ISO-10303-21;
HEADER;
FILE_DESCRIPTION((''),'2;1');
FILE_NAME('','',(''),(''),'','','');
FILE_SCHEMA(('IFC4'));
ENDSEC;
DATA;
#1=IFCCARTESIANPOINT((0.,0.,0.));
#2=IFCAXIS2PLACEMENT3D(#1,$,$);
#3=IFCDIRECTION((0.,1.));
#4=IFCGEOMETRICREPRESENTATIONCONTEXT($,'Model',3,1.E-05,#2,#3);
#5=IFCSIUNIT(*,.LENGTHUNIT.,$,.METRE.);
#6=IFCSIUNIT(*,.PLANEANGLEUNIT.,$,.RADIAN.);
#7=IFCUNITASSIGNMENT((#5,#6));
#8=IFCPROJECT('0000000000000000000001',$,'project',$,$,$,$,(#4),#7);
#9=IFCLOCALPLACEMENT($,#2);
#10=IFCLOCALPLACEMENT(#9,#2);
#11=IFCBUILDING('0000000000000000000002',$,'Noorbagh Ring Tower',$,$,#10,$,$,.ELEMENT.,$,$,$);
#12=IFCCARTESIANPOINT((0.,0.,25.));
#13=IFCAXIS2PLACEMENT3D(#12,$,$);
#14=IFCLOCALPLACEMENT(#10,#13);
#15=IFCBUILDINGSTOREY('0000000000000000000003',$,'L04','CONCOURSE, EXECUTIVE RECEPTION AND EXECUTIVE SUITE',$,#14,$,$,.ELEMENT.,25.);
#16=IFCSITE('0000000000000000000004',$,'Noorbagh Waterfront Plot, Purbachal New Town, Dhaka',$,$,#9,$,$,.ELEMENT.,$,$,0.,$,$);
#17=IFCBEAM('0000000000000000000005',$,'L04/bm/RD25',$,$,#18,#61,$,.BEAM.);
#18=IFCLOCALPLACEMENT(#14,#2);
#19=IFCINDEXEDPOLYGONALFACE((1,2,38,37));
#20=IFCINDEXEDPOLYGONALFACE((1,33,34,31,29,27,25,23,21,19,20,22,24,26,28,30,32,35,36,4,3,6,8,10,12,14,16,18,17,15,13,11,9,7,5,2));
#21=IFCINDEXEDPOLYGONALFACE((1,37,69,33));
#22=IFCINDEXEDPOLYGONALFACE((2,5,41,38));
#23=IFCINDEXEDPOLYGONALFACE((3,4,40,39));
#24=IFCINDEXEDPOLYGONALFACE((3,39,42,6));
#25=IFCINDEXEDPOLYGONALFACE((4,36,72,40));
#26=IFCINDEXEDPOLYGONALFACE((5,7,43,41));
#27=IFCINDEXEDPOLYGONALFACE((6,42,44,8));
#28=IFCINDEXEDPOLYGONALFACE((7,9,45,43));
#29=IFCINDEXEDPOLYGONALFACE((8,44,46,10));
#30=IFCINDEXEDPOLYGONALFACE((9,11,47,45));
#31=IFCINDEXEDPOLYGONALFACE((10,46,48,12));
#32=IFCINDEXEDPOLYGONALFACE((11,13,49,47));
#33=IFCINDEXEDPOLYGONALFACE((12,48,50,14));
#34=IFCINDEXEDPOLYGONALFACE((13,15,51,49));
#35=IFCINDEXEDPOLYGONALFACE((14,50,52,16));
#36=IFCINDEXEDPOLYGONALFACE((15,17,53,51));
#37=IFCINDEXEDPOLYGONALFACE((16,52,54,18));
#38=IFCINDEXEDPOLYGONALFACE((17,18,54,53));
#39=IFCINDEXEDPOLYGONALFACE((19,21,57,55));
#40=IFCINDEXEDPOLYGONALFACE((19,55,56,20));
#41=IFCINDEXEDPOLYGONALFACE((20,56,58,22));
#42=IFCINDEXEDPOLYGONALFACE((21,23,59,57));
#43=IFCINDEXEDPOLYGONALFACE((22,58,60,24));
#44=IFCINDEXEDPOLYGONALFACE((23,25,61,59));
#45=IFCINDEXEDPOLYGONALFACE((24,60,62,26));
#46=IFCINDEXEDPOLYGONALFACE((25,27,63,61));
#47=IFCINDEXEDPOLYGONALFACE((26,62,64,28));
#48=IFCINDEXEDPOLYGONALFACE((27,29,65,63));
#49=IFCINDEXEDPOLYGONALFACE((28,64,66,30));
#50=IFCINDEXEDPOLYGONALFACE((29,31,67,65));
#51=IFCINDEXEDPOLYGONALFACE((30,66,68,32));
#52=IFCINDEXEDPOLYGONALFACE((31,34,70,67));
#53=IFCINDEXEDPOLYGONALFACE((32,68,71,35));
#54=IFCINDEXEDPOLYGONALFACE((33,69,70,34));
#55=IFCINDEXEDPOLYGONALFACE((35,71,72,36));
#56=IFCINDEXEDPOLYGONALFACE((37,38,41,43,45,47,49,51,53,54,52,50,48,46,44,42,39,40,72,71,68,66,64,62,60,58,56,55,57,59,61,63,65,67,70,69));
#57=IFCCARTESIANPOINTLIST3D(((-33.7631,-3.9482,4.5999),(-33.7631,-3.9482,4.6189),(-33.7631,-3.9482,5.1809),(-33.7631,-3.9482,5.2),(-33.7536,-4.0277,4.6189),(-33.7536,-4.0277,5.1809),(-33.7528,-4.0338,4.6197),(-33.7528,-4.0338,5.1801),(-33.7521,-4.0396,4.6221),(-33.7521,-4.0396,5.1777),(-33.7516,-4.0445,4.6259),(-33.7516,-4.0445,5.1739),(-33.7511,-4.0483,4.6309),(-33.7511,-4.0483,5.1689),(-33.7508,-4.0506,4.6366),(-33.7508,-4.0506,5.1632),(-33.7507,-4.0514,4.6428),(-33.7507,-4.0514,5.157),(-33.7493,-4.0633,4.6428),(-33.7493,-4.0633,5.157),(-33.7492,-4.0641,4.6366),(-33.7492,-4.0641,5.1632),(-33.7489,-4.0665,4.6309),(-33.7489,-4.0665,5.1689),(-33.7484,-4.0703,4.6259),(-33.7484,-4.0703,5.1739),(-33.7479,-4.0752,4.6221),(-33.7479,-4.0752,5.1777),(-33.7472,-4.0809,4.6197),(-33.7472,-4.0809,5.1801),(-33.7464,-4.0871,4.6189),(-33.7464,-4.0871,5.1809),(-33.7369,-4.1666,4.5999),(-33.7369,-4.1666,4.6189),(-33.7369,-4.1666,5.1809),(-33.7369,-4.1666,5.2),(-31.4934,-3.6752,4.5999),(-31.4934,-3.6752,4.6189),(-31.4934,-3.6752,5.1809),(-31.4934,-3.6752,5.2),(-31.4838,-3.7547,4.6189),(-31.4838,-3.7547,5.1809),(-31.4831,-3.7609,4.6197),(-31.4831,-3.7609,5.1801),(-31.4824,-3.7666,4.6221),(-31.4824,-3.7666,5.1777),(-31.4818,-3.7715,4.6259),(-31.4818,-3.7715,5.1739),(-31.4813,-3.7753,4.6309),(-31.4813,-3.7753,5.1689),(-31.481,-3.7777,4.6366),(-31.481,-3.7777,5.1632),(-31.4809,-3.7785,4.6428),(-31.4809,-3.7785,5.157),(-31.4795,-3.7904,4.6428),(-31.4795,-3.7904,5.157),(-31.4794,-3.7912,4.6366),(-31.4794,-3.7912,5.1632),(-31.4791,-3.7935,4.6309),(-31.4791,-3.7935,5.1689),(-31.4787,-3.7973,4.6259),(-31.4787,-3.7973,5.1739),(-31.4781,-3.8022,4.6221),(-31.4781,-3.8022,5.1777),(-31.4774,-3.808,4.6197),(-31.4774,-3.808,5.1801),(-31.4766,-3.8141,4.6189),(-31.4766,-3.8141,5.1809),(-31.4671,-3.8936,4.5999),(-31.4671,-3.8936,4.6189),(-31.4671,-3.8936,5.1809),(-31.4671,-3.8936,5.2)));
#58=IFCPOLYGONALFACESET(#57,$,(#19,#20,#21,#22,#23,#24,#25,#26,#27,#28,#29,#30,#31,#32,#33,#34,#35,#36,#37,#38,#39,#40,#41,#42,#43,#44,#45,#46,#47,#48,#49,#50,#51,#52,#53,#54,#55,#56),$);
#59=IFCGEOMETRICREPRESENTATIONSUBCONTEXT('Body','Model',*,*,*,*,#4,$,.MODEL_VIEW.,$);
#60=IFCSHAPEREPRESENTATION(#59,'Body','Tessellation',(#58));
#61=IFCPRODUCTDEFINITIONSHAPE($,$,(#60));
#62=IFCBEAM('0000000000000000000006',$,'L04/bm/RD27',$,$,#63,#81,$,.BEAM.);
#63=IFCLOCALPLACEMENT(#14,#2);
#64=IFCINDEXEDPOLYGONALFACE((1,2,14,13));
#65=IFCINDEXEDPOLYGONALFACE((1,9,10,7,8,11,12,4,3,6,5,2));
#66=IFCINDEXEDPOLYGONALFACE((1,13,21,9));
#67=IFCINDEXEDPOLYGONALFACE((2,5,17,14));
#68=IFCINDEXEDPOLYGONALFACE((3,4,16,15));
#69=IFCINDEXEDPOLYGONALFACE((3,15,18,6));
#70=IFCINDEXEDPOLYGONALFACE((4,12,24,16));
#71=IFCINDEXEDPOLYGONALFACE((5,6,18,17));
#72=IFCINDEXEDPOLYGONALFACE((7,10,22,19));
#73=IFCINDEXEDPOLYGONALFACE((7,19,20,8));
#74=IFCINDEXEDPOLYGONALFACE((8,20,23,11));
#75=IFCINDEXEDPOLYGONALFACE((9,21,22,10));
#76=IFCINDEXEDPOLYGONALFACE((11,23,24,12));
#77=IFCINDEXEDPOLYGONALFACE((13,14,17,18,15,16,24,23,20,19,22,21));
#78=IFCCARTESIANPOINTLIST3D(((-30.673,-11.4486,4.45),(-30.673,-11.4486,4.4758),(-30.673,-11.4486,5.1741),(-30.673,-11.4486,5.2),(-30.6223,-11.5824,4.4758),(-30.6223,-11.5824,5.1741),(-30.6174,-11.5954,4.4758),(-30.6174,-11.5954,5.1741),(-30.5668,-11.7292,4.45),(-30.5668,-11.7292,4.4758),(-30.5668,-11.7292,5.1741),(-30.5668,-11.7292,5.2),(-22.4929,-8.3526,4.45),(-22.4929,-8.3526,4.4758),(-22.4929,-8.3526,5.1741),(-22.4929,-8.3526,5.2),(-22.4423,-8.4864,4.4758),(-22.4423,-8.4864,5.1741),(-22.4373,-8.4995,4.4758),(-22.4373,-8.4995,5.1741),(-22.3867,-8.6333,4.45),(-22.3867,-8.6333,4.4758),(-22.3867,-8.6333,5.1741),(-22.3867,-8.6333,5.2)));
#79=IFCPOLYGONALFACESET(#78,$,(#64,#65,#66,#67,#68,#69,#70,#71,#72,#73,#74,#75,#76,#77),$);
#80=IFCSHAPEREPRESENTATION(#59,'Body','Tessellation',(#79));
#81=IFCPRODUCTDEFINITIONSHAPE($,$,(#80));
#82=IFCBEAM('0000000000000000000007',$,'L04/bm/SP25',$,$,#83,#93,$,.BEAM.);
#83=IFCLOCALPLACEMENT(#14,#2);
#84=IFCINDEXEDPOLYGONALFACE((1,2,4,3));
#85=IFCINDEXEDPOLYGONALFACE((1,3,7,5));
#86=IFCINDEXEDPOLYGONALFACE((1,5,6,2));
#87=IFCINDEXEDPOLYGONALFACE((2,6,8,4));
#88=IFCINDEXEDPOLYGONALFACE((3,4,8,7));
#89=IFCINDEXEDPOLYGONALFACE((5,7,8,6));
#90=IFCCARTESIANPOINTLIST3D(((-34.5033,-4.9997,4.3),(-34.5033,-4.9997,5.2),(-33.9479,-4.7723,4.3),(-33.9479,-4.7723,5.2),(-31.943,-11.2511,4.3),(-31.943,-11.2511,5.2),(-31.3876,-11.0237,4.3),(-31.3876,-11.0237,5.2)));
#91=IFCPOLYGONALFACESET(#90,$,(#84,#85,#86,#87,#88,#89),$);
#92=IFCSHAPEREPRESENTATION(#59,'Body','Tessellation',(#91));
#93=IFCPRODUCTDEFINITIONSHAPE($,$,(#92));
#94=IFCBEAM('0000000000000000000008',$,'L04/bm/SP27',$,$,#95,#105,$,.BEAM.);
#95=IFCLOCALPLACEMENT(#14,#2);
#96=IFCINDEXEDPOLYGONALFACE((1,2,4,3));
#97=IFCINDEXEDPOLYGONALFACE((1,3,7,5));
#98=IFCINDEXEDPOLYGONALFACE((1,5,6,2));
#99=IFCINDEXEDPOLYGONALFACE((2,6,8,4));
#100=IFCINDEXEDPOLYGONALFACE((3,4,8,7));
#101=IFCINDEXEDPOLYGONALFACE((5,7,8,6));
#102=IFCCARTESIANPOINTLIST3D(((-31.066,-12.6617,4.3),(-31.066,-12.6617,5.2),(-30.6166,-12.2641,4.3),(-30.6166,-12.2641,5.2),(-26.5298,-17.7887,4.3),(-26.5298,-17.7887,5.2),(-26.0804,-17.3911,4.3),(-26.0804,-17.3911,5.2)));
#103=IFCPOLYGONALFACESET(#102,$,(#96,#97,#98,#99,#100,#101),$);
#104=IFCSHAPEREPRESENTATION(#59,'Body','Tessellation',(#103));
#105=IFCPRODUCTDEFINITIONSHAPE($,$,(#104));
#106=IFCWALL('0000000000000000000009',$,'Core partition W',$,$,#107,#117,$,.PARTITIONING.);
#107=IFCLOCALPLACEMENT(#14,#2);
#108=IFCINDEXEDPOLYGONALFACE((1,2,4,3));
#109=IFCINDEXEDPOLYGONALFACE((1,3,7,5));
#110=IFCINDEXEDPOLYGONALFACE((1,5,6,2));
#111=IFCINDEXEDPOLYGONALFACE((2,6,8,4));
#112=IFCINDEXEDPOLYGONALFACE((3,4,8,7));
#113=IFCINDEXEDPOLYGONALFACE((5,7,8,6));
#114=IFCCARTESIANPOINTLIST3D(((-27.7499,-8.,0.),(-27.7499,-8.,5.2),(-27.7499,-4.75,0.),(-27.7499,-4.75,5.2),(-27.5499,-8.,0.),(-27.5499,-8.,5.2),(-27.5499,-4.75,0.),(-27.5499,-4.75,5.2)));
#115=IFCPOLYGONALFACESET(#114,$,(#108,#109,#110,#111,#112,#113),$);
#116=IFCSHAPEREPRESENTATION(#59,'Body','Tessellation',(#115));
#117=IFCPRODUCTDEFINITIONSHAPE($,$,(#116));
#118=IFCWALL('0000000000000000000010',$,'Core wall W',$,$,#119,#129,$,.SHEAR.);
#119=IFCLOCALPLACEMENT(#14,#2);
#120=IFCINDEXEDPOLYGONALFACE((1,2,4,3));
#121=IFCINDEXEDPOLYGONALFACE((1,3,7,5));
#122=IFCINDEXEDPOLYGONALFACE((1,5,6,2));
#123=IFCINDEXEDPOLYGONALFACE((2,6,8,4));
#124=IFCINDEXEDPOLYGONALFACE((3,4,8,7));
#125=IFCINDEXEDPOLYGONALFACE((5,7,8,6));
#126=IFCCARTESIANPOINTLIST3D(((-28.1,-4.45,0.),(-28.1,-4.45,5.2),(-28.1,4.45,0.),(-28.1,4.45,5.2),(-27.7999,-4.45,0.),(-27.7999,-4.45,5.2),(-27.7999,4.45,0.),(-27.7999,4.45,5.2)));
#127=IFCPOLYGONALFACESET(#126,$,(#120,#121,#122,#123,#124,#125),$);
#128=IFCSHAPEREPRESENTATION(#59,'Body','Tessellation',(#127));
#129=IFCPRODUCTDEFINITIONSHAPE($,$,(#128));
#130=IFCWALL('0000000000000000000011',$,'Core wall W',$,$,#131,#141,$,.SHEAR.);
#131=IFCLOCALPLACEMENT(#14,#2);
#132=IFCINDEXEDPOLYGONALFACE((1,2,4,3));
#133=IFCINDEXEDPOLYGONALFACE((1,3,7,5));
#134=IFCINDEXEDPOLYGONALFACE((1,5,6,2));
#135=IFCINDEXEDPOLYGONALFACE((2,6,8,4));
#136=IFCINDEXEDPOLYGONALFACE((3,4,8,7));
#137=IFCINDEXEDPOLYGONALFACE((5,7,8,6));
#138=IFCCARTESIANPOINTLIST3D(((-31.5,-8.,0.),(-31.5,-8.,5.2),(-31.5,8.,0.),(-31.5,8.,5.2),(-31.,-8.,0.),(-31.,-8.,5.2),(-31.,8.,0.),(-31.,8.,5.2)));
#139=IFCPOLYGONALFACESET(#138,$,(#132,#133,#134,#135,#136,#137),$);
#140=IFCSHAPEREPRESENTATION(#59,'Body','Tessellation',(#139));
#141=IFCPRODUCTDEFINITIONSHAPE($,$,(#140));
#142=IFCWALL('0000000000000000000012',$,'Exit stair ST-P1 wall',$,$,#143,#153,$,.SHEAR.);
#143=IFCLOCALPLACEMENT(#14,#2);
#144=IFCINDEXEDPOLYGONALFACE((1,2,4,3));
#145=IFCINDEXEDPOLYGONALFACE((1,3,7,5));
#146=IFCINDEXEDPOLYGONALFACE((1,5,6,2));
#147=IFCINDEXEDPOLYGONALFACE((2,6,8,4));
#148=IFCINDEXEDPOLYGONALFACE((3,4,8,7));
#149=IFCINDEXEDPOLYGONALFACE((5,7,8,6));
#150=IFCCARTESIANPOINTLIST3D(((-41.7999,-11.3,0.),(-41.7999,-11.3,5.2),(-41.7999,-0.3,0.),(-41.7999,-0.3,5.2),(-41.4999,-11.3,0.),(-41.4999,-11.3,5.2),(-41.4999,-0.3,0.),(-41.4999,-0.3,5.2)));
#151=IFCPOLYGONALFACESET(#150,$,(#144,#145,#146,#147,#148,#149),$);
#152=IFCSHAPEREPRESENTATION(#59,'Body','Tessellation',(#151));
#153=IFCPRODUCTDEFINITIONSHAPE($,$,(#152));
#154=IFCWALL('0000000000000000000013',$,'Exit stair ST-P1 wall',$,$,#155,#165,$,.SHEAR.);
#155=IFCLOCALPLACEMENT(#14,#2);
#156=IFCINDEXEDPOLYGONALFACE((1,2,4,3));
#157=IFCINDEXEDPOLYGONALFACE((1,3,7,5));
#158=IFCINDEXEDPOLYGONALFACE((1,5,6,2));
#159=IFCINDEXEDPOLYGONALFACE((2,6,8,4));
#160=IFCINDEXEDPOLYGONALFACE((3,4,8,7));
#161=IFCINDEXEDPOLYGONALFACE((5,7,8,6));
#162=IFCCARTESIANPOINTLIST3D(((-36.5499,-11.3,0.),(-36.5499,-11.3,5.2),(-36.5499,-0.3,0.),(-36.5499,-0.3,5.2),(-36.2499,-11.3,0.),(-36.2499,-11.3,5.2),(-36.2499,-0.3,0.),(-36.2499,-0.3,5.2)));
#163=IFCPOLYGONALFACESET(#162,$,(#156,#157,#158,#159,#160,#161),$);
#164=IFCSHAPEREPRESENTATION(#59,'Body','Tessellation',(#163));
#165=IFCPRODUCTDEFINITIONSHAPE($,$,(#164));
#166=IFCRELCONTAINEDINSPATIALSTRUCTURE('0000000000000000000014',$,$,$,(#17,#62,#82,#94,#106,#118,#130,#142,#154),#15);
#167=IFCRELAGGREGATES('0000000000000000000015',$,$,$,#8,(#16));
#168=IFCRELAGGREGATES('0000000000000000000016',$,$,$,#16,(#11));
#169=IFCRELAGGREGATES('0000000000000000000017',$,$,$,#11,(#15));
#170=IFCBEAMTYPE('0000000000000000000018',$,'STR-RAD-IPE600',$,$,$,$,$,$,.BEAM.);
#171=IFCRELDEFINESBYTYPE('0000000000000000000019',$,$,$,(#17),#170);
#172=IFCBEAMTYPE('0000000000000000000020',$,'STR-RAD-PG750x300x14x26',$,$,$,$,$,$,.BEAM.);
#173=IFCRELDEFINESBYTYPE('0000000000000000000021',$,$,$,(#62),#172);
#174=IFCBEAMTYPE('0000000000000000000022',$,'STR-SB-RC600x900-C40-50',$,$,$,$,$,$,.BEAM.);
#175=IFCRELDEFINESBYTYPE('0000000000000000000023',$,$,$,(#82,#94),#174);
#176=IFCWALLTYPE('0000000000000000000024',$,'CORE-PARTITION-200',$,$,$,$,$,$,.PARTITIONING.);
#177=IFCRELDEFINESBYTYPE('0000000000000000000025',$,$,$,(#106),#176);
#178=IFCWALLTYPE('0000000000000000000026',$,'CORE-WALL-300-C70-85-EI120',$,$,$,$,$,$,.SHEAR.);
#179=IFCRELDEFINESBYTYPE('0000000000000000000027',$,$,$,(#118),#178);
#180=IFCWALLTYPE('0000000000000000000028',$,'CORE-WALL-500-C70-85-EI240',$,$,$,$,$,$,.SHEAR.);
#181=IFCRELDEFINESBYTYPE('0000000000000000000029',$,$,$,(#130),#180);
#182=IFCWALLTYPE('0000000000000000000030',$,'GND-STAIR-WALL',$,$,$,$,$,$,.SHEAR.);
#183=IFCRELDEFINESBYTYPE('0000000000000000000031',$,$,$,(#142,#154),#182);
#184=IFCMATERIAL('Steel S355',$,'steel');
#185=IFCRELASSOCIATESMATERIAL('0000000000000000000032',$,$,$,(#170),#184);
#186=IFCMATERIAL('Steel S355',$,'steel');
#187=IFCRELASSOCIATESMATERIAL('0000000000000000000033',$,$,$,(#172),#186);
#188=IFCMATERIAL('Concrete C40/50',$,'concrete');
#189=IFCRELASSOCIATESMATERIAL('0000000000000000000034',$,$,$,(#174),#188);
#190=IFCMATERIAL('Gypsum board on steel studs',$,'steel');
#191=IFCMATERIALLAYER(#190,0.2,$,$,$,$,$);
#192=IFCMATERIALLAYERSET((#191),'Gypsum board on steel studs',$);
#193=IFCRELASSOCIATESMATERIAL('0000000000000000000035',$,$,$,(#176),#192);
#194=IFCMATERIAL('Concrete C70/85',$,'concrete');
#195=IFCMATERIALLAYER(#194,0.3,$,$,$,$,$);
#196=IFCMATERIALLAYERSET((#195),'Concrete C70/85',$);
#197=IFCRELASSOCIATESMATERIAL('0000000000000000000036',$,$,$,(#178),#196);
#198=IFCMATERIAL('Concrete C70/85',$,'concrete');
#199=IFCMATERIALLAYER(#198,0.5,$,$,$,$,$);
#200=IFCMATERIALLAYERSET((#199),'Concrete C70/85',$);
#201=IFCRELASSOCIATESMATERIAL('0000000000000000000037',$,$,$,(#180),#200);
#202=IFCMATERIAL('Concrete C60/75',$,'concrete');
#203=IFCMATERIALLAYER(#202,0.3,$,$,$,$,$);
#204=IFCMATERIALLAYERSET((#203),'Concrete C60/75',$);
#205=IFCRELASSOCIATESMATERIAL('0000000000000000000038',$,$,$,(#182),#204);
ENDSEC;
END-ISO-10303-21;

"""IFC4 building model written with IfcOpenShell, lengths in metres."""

from ifc_helpers import new_model, si_unit, direction, frame, frame_2d, origin, origin_2d, place, context, subcontext, project, spatial, rectangle, i_section, extrude, material, layer, layer_set, material_profile, profile_set, type_object, element, save


model = new_model("IFC4")

# Units and contexts
model_context = context("Model", 3, precision=1e-05, world=origin(), true_north=direction((0.0, 1.0)))
body_context = subcontext(model_context, "Body", "Model", "MODEL_VIEW")
ifc_project = project(units=[si_unit("LENGTHUNIT", "METRE"), si_unit("PLANEANGLEUNIT", "RADIAN")], contexts=[model_context])

# Site, building, storey
site_placement = place(None, origin())
site = spatial("IfcSite", under=ifc_project, at=site_placement, Name="Noorbagh Waterfront Plot, Purbachal New Town, Dhaka", CompositionType="ELEMENT", RefElevation=0.0)
building_placement = place(site_placement, origin())
building = spatial("IfcBuilding", under=site, at=building_placement, Name="Noorbagh Ring Tower", CompositionType="ELEMENT")
storey_placement = place(building_placement, frame((0.0, 0.0, 25.0)))
storey = spatial("IfcBuildingStorey", under=building, at=storey_placement, Name="L04", Description="CONCOURSE, EXECUTIVE RECEPTION AND EXECUTIVE SUITE", CompositionType="ELEMENT", Elevation=25.0)

# Beams
ifc_material_1 = material(Name="Steel S355", Category="steel")
ifc_material_profile_1 = material_profile(ifc_material_1, i_section(OverallWidth=0.22, OverallDepth=0.6001, WebThickness=0.012, FlangeThickness=0.019, FilletRadius=0.0239, at=origin_2d()), Name="IPE600")
ifc_profile_set_1 = profile_set([ifc_material_profile_1], Name="Steel S355")
beam_type_1 = type_object("IfcBeamType", Name="STR-RAD-IPE600", PredefinedType="BEAM", material=ifc_profile_set_1)
beam_1_placement = place(storey_placement, frame((-33.75, -4.0574, 4.8999), z_axis=(0.992847, 0.119394, 0.0), x_axis=(-0.119394, 0.992847, 0.0)))
element("IfcBeam", 1, at=beam_1_placement, inside=storey, type_object=beam_type_1, Name="L04/bm/RD25", PredefinedType="BEAM", context=body_context, shape_type="SweptSolid", body=[
    extrude(i_section(OverallWidth=0.22, OverallDepth=0.6001, WebThickness=0.012, FlangeThickness=0.019, FilletRadius=0.0239, at=origin_2d()), origin(), (0.0, 0.0, 1.0), 2.2861),
])
ifc_material_2 = material(Name="Steel S355", Category="steel")
ifc_material_profile_2 = material_profile(ifc_material_2, i_section(OverallWidth=0.3, OverallDepth=0.75, WebThickness=0.0139, FlangeThickness=0.0259, at=origin_2d()), Name="PG750x300x14x26")
ifc_profile_set_2 = profile_set([ifc_material_profile_2], Name="Steel S355")
beam_type_2 = type_object("IfcBeamType", Name="STR-RAD-PG750x300x14x26", PredefinedType="BEAM", material=ifc_profile_set_2)
beam_2_placement = place(storey_placement, frame((-30.6199, -11.5889, 4.825), z_axis=(0.935258, 0.353967, 0.0), x_axis=(-0.353967, 0.935258, 0.0)))
element("IfcBeam", 2, at=beam_2_placement, inside=storey, type_object=beam_type_2, Name="L04/bm/RD27", PredefinedType="BEAM", context=body_context, shape_type="SweptSolid", body=[
    extrude(i_section(OverallWidth=0.3, OverallDepth=0.75, WebThickness=0.0139, FlangeThickness=0.0259, at=origin_2d()), origin(), (0.0, 0.0, 1.0), 8.7463),
])
ifc_material_3 = material(Name="Concrete C40/50", Category="concrete")
ifc_material_profile_3 = material_profile(ifc_material_3, rectangle(XDim=0.6001, YDim=0.8999, at=origin_2d()), Name="RC600x900")
ifc_profile_set_3 = profile_set([ifc_material_profile_3], Name="Concrete C40/50")
beam_type_3 = type_object("IfcBeamType", Name="STR-SB-RC600x900-C40-50", PredefinedType="BEAM", material=ifc_profile_set_3)
beam_3_placement = place(storey_placement, frame((-34.2256, -4.886, 4.75), z_axis=(0.378999, -0.925397, 0.0), x_axis=(0.925397, 0.378999, 0.0)))
element("IfcBeam", 3, at=beam_3_placement, inside=storey, type_object=beam_type_3, Name="L04/bm/SP25", PredefinedType="BEAM", context=body_context, shape_type="SweptSolid", body=[
    extrude(rectangle(XDim=0.6001, YDim=0.8999, at=origin_2d()), origin(), (0.0, 0.0, 1.0), 6.7554),
])
beam_4_placement = place(storey_placement, frame((-30.8413, -12.4629, 4.75), z_axis=(0.662635, -0.748942, 0.0), x_axis=(0.748942, 0.662635, 0.0)))
element("IfcBeam", 4, at=beam_4_placement, inside=storey, type_object=beam_type_3, Name="L04/bm/SP27", PredefinedType="BEAM", context=body_context, shape_type="SweptSolid", body=[
    extrude(rectangle(XDim=0.6001, YDim=0.8999, at=origin_2d()), origin(), (0.0, 0.0, 1.0), 6.8457),
])

# Walls
ifc_material_4 = material(Name="Gypsum board on steel studs", Category="steel")
ifc_layer_1 = layer(ifc_material_4, 0.2)
ifc_layer_set_1 = layer_set([ifc_layer_1], Name="Gypsum board on steel studs")
wall_type_1 = type_object("IfcWallType", Name="CORE-PARTITION-200", PredefinedType="PARTITIONING", material=ifc_layer_set_1)
wall_1_placement = place(storey_placement, frame((-27.6499, -8.0, 0.0), z_axis=(0.0, 0.0, 1.0), x_axis=(0.0, 1.0, 0.0)))
element("IfcWall", 5, at=wall_1_placement, inside=storey, type_object=wall_type_1, Name="Core partition W", PredefinedType="PARTITIONING", context=body_context, shape_type="SweptSolid", body=[
    extrude(rectangle(XDim=3.25, YDim=0.2, at=frame_2d((1.625, 0.0))), origin(), (0.0, 0.0, 1.0), 5.2),
])
ifc_material_5 = material(Name="Concrete C70/85", Category="concrete")
ifc_layer_2 = layer(ifc_material_5, 0.3)
ifc_layer_set_2 = layer_set([ifc_layer_2], Name="Concrete C70/85")
wall_type_2 = type_object("IfcWallType", Name="CORE-WALL-300-C70-85-EI120", PredefinedType="SHEAR", material=ifc_layer_set_2)
wall_2_placement = place(storey_placement, frame((-27.95, -4.45, 0.0), z_axis=(0.0, 0.0, 1.0), x_axis=(0.0, 1.0, 0.0)))
element("IfcWall", 6, at=wall_2_placement, inside=storey, type_object=wall_type_2, Name="Core wall W", PredefinedType="SHEAR", context=body_context, shape_type="SweptSolid", body=[
    extrude(rectangle(XDim=8.8999, YDim=0.3, at=frame_2d((4.45, 0.0))), origin(), (0.0, 0.0, 1.0), 5.2),
])
ifc_material_6 = material(Name="Concrete C70/85", Category="concrete")
ifc_layer_3 = layer(ifc_material_6, 0.5)
ifc_layer_set_3 = layer_set([ifc_layer_3], Name="Concrete C70/85")
wall_type_3 = type_object("IfcWallType", Name="CORE-WALL-500-C70-85-EI240", PredefinedType="SHEAR", material=ifc_layer_set_3)
wall_3_placement = place(storey_placement, frame((-31.25, -8.0, 0.0), z_axis=(0.0, 0.0, 1.0), x_axis=(0.0, 1.0, 0.0)))
element("IfcWall", 7, at=wall_3_placement, inside=storey, type_object=wall_type_3, Name="Core wall W", PredefinedType="SHEAR", context=body_context, shape_type="SweptSolid", body=[
    extrude(rectangle(XDim=16.0, YDim=0.5, at=frame_2d((8.0, 0.0))), origin(), (0.0, 0.0, 1.0), 5.2),
])
ifc_material_7 = material(Name="Concrete C60/75", Category="concrete")
ifc_layer_4 = layer(ifc_material_7, 0.3)
ifc_layer_set_4 = layer_set([ifc_layer_4], Name="Concrete C60/75")
wall_type_4 = type_object("IfcWallType", Name="GND-STAIR-WALL", PredefinedType="SHEAR", material=ifc_layer_set_4)
for number, where, z_axis, x_axis, name in (
    (8, (-41.6499, -11.3, 0.0), (0.0, 0.0, 1.0), (0.0, 1.0, 0.0), "Exit stair ST-P1 wall"),
    (9, (-36.3999, -11.3, 0.0), (0.0, 0.0, 1.0), (0.0, 1.0, 0.0), "Exit stair ST-P1 wall"),
):
    element("IfcWall", number, at=place(storey_placement, frame(where, z_axis=z_axis, x_axis=x_axis)), inside=storey, type_object=wall_type_4, Name=name, PredefinedType="SHEAR", context=body_context, shape_type="SweptSolid", body=[
        extrude(rectangle(XDim=11.0, YDim=0.3, at=frame_2d((5.5, 0.0))), origin(), (0.0, 0.0, 1.0), 5.2),
    ])

save(model, "model.ifc")
